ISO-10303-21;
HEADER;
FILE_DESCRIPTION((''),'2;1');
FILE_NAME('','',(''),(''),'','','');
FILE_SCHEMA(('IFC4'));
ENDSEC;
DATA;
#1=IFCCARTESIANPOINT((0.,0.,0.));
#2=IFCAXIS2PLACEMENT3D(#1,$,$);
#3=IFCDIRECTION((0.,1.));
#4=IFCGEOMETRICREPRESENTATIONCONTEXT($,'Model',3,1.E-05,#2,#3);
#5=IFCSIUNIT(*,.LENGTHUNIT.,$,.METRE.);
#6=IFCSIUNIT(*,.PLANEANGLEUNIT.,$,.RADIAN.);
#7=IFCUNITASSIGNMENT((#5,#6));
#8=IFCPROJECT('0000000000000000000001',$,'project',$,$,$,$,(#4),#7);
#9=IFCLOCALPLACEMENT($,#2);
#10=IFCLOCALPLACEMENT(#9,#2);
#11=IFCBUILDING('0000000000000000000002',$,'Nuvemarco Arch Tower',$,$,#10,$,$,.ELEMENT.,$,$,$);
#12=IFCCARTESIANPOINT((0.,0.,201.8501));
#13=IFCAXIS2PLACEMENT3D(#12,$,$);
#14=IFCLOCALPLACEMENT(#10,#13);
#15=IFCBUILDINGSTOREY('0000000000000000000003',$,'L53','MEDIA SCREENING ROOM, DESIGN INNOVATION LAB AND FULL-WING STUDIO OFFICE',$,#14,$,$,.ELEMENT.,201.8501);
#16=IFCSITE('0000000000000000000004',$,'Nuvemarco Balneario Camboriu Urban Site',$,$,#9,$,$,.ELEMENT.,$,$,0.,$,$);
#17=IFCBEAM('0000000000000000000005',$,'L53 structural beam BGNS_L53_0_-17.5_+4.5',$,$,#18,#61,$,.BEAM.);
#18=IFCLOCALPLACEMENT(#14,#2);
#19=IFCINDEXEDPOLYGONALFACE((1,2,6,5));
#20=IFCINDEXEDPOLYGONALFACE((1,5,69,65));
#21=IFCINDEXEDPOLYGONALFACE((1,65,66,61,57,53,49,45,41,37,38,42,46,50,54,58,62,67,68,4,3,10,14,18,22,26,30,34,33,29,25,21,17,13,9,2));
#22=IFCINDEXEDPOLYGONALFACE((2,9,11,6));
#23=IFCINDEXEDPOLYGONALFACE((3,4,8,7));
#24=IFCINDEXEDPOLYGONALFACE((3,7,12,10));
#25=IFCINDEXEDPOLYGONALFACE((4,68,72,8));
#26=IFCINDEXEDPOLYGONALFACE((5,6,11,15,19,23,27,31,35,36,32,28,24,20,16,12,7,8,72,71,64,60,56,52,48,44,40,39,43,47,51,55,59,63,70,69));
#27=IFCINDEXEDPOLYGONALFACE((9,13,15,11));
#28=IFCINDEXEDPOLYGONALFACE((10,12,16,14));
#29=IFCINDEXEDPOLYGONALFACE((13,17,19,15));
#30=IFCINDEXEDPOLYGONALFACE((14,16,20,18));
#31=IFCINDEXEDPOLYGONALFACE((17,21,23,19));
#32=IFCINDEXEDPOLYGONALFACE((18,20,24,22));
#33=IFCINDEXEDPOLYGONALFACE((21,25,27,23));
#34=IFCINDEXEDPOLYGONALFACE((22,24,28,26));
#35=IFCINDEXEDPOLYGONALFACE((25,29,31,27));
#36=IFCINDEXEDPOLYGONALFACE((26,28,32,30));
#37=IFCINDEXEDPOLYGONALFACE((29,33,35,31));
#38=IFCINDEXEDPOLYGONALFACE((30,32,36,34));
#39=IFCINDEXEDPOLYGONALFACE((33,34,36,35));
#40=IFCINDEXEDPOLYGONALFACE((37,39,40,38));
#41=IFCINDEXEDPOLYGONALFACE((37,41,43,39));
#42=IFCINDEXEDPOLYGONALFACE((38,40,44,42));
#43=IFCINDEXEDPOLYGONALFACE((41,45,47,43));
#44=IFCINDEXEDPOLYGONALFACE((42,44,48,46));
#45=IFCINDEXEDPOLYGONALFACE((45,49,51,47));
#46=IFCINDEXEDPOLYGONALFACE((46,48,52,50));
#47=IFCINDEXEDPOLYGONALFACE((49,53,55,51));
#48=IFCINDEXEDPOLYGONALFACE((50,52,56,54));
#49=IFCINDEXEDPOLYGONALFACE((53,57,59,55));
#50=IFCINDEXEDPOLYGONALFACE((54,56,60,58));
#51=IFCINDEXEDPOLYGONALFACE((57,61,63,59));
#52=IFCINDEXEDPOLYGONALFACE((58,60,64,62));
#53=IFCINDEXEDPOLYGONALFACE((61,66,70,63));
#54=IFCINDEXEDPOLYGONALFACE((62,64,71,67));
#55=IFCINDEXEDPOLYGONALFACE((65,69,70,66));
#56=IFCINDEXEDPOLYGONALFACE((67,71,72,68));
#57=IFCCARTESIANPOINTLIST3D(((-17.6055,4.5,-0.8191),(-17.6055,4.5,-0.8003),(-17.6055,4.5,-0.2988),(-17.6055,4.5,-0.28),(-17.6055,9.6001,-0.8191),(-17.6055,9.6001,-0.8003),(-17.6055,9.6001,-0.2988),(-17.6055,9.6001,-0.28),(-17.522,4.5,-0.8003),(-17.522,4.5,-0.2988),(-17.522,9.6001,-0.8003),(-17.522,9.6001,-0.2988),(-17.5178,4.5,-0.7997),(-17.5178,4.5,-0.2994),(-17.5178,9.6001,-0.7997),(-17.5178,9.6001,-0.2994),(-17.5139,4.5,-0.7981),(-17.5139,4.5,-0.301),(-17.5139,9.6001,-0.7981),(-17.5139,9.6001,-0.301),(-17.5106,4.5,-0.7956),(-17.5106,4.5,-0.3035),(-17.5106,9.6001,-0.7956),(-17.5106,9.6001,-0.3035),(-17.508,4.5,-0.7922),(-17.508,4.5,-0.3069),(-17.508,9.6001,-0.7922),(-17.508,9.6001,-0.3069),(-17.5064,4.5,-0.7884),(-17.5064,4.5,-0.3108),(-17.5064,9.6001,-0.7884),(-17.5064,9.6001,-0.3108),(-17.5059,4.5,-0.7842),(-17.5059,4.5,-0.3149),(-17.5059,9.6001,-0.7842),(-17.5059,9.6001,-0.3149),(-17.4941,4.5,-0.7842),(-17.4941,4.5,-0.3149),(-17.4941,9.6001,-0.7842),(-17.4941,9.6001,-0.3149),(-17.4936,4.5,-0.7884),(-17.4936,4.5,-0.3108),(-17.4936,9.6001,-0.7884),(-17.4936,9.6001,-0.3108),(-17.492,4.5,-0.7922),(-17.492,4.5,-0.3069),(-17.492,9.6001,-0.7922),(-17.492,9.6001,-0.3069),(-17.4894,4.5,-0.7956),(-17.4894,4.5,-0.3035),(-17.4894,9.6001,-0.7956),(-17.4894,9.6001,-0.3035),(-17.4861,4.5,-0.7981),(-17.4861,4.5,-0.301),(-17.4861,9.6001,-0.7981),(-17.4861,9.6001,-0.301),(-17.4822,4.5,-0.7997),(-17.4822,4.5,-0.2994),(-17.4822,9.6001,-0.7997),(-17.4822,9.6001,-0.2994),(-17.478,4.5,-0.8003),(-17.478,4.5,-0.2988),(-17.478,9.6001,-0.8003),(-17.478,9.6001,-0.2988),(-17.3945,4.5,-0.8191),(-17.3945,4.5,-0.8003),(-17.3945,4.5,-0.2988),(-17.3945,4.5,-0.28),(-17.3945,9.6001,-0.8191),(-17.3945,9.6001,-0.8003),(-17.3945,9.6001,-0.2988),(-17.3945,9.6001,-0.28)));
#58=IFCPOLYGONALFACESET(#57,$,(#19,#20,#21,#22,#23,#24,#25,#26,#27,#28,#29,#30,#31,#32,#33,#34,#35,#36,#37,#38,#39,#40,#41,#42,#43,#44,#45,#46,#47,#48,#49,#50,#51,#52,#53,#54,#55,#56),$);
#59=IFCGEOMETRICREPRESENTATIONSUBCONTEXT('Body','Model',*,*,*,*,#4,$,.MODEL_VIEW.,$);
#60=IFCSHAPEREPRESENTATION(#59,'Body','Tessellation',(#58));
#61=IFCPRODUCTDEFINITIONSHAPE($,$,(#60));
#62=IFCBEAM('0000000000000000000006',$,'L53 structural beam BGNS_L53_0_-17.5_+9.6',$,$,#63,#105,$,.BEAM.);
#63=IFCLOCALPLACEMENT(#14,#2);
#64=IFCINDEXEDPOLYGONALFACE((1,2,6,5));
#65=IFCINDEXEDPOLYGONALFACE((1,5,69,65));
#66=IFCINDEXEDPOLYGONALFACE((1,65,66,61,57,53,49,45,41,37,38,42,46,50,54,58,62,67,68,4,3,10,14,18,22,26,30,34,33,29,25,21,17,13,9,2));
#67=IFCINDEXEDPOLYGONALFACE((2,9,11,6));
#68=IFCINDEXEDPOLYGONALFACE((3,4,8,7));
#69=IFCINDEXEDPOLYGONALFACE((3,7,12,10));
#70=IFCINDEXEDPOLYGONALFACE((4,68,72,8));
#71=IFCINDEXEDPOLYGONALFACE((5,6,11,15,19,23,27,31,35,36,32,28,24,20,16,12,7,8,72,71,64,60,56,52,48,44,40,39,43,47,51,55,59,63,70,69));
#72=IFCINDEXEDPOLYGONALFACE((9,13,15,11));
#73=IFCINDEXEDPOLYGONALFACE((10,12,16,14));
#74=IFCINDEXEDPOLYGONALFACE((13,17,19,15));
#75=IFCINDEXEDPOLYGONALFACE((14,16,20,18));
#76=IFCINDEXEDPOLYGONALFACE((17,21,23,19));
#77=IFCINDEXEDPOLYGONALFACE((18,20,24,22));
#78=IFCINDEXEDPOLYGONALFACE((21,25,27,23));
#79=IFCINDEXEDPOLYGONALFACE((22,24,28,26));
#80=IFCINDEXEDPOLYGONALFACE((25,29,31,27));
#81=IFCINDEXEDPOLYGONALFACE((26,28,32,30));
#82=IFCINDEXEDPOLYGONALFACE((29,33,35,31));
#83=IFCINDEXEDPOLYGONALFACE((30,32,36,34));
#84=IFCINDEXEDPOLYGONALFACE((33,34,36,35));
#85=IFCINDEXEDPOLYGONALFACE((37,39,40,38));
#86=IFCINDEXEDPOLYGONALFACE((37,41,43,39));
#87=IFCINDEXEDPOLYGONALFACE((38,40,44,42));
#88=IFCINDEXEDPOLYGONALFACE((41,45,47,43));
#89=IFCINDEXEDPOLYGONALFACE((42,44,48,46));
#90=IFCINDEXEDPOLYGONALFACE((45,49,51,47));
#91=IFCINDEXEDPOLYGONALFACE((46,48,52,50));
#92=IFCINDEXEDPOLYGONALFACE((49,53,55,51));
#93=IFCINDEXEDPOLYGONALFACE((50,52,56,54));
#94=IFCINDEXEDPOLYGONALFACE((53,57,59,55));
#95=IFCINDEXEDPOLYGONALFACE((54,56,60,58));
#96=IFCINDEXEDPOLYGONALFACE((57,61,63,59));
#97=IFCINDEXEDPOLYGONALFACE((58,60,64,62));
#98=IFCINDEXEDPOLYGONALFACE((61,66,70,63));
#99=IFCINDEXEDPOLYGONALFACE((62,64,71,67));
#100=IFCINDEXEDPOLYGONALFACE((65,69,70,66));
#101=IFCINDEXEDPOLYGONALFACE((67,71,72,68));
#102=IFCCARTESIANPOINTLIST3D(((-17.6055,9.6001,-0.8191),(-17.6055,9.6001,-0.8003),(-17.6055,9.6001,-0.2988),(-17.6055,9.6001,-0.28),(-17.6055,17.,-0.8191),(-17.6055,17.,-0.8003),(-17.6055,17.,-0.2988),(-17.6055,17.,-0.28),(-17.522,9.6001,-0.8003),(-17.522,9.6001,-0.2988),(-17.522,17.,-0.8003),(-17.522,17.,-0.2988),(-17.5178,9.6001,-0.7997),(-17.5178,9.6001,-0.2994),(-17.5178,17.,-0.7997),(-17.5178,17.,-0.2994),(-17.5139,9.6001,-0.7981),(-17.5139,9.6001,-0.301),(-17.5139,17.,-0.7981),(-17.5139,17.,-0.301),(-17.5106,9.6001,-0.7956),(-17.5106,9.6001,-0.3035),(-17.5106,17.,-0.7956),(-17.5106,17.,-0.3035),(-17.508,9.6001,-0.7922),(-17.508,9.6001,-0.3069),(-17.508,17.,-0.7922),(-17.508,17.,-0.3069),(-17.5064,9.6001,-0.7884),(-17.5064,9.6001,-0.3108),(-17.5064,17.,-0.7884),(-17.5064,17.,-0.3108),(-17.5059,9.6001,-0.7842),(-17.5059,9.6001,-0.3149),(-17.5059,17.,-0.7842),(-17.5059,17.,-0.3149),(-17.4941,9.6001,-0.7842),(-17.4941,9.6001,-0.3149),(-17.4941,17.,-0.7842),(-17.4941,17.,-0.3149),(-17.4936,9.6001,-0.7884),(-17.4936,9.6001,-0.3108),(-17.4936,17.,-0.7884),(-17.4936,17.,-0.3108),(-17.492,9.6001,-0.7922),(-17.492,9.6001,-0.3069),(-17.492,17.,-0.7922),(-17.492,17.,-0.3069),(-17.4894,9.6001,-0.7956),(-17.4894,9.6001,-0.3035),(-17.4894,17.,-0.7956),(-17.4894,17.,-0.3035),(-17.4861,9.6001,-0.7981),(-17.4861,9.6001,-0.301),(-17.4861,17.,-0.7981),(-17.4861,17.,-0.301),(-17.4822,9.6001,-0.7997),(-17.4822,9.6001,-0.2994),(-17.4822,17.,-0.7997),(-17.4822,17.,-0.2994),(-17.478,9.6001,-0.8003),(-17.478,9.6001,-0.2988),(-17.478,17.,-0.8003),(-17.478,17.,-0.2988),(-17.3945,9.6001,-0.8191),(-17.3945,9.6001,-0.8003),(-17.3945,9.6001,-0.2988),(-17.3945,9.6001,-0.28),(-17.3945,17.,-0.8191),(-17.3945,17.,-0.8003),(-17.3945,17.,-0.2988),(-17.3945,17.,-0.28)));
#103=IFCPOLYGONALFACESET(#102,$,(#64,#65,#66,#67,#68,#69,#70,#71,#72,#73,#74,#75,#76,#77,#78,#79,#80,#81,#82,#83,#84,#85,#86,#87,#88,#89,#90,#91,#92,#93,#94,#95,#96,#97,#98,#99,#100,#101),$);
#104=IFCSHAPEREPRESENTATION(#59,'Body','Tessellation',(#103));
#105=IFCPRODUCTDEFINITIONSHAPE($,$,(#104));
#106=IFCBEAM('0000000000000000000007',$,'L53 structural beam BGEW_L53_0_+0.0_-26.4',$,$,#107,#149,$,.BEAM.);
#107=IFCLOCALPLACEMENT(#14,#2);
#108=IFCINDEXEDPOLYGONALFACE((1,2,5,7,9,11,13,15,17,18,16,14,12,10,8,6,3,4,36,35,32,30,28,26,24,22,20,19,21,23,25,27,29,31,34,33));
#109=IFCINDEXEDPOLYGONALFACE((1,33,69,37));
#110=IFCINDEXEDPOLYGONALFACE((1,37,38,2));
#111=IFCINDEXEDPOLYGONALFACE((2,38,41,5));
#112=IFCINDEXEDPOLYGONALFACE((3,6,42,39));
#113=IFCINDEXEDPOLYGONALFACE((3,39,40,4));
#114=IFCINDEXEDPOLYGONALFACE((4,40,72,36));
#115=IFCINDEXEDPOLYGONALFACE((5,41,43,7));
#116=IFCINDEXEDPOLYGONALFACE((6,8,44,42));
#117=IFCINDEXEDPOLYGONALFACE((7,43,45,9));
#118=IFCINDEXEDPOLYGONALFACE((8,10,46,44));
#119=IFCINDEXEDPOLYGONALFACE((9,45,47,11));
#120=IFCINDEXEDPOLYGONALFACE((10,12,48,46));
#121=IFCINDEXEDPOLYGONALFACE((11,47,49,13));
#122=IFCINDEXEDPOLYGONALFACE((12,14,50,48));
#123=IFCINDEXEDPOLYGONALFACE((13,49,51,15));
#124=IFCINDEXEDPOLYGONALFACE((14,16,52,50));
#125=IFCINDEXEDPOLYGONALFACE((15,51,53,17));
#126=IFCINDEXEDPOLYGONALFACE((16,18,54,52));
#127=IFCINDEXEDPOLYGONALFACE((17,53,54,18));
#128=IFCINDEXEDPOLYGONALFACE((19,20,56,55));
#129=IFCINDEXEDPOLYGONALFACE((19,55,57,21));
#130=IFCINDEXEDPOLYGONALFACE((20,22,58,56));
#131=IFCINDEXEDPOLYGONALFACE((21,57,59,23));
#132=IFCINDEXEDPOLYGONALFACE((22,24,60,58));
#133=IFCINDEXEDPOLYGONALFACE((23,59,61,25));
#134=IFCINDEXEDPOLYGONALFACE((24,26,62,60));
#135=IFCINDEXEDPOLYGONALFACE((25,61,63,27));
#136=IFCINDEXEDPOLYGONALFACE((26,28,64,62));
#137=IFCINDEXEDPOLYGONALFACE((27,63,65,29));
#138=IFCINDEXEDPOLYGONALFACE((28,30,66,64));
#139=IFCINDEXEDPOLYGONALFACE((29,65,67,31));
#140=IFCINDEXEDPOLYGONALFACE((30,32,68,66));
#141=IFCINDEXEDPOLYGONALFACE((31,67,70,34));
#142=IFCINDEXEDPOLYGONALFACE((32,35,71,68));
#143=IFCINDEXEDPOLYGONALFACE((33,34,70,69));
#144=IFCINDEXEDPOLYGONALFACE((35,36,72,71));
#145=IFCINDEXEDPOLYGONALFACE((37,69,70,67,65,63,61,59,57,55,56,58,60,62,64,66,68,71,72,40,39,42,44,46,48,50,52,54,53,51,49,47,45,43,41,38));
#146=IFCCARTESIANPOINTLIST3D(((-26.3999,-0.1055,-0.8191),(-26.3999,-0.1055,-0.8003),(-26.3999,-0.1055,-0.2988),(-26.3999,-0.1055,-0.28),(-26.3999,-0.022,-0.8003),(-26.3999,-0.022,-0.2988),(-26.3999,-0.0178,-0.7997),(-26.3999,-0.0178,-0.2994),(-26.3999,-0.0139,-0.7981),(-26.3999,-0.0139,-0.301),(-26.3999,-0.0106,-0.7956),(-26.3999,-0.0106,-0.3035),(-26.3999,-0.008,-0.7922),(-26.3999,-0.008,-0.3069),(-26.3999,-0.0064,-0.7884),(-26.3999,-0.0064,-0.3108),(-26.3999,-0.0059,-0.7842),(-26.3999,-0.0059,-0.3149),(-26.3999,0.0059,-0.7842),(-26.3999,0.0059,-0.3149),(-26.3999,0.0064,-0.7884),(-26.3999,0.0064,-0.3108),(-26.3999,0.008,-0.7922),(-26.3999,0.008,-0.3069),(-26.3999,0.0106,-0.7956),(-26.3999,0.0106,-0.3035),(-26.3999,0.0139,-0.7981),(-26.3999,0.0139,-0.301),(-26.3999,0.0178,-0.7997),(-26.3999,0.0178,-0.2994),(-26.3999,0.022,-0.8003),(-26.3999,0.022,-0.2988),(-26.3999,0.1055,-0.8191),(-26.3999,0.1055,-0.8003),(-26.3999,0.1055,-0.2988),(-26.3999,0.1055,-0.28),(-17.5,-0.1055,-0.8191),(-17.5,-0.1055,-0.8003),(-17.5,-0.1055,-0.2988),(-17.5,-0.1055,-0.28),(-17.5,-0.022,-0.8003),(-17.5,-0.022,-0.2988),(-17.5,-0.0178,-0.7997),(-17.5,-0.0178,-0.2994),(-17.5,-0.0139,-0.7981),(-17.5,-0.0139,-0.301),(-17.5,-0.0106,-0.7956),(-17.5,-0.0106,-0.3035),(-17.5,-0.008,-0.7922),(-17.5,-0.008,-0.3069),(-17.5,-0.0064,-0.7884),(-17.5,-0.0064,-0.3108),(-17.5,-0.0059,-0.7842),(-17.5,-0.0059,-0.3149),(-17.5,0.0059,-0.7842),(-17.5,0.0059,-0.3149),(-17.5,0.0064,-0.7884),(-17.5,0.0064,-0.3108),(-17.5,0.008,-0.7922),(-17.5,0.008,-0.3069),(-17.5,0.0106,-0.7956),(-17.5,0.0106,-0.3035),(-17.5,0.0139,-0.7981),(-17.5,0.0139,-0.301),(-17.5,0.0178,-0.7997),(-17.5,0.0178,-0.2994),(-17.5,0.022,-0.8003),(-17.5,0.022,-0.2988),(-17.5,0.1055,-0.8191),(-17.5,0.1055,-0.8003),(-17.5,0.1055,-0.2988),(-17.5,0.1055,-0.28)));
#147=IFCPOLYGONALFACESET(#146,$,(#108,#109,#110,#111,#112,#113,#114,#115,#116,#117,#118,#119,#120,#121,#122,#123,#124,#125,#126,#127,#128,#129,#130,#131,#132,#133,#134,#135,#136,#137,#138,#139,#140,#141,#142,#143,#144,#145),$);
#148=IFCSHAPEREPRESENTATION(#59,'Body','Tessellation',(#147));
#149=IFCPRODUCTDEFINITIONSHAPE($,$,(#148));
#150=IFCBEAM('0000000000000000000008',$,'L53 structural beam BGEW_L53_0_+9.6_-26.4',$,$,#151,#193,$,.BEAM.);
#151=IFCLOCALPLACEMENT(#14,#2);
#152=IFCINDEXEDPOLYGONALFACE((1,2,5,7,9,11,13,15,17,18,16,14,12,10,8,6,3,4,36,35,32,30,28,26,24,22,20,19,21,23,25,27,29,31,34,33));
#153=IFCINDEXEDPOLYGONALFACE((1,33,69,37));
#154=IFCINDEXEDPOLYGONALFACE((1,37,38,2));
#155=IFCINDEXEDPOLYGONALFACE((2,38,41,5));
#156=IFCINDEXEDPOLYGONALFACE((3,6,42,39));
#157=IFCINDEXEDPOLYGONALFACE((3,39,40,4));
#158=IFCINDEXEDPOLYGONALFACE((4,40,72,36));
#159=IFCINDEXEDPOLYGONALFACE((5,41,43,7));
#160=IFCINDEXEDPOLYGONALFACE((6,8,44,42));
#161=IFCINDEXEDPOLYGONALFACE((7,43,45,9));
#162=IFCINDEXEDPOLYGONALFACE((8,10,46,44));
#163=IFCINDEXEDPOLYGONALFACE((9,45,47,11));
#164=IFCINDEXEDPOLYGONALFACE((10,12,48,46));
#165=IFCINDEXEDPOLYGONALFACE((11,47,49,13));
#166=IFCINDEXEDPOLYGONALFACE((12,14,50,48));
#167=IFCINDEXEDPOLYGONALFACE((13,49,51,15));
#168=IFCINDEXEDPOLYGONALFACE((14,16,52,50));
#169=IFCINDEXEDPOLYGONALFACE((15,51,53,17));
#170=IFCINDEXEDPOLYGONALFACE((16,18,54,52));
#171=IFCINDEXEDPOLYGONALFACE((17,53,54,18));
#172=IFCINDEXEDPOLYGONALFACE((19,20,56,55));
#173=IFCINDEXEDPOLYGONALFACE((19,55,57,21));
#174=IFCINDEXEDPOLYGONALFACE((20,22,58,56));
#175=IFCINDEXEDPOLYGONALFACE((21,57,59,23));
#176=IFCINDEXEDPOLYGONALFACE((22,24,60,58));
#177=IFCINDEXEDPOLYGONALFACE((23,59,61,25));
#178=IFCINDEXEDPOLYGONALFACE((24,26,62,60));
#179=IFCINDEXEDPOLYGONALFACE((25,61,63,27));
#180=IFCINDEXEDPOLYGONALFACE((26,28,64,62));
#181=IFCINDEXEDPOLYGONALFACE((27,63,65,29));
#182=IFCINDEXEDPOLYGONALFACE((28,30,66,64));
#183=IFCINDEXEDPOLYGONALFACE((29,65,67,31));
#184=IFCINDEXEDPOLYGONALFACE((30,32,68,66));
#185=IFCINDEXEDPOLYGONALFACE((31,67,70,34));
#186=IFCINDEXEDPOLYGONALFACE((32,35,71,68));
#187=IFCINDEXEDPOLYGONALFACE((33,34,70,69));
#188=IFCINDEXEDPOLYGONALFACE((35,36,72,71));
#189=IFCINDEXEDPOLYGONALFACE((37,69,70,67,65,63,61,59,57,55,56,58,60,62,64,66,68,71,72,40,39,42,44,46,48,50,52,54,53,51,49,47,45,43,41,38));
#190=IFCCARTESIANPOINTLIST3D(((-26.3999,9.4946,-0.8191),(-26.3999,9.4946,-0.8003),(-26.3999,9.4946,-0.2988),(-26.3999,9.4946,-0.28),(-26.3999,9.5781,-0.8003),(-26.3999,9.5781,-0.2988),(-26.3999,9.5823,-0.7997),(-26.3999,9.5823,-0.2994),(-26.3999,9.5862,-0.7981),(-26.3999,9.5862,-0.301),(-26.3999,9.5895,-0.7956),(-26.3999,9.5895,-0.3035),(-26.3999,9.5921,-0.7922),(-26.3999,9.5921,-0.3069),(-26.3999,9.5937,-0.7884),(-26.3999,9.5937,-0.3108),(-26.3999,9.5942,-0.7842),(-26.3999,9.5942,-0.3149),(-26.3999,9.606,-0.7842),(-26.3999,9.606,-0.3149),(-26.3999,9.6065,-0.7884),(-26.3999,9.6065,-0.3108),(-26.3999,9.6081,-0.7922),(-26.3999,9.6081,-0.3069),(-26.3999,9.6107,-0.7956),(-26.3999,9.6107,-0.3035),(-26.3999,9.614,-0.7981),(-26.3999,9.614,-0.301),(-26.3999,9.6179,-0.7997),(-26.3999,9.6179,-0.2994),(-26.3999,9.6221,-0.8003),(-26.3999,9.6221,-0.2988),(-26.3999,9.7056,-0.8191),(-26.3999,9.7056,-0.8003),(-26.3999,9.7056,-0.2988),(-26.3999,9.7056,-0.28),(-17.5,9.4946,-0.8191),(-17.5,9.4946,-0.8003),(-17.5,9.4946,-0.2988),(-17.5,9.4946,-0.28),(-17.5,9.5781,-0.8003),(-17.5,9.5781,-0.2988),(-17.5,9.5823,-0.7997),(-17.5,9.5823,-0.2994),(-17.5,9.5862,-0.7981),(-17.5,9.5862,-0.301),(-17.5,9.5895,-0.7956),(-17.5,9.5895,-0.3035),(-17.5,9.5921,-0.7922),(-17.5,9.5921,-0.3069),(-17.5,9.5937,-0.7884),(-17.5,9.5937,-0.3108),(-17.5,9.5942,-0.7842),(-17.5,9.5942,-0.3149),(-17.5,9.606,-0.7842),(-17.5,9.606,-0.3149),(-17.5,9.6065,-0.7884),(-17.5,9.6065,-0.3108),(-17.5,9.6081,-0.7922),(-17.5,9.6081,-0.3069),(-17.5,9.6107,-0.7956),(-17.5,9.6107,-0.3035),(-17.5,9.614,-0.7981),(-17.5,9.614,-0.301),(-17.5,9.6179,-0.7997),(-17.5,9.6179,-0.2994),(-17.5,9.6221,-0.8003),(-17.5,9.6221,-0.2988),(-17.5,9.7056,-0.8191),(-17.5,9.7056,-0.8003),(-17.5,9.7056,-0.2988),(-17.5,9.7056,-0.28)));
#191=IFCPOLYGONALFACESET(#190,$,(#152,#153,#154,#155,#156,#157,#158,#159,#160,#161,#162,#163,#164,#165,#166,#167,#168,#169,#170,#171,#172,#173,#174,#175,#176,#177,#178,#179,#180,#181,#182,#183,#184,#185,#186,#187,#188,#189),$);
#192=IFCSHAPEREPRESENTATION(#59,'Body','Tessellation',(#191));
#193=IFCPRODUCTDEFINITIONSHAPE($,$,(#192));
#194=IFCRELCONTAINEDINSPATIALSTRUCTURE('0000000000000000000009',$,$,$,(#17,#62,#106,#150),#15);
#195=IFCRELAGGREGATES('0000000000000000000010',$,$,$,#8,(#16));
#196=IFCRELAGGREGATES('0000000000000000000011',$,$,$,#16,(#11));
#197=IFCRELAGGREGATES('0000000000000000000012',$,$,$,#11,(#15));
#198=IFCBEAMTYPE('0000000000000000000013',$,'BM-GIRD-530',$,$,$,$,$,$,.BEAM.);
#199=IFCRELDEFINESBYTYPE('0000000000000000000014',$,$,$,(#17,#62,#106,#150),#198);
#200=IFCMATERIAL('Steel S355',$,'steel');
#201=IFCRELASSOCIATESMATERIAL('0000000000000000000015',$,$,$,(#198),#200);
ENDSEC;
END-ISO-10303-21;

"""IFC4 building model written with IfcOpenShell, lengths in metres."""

from ifc_helpers import new_model, si_unit, direction, frame, origin, origin_2d, place, context, subcontext, project, spatial, i_section, extrude, material, material_profile, profile_set, type_object, element, save


model = new_model("IFC4")

# Units and contexts
model_context = context("Model", 3, precision=1e-05, world=origin(), true_north=direction((0.0, 1.0)))
body_context = subcontext(model_context, "Body", "Model", "MODEL_VIEW")
ifc_project = project(units=[si_unit("LENGTHUNIT", "METRE"), si_unit("PLANEANGLEUNIT", "RADIAN")], contexts=[model_context])

# Site, building, storey
site_placement = place(None, origin())
site = spatial("IfcSite", under=ifc_project, at=site_placement, Name="Nuvemarco Balneario Camboriu Urban Site", CompositionType="ELEMENT", RefElevation=0.0)
building_placement = place(site_placement, origin())
building = spatial("IfcBuilding", under=site, at=building_placement, Name="Nuvemarco Arch Tower", CompositionType="ELEMENT")
storey_placement = place(building_placement, frame((0.0, 0.0, 201.8501)))
storey = spatial("IfcBuildingStorey", under=building, at=storey_placement, Name="L53", Description="MEDIA SCREENING ROOM, DESIGN INNOVATION LAB AND FULL-WING STUDIO OFFICE", CompositionType="ELEMENT", Elevation=201.8501)

# Shared definitions
ifc_material_1 = material(Name="Steel S355", Category="steel")

# Beams
ifc_material_profile_1 = material_profile(ifc_material_1, i_section(OverallWidth=0.2109, OverallDepth=0.5391, WebThickness=0.0117, FlangeThickness=0.0188, FilletRadius=0.0161, at=origin_2d()), Name="W530x109")
ifc_profile_set_1 = profile_set([ifc_material_profile_1], Name="Steel S355")
beam_type_1 = type_object("IfcBeamType", Name="BM-GIRD-530", PredefinedType="BEAM", material=ifc_profile_set_1)
beam_1_placement = place(storey_placement, frame((-17.5, 4.5, -0.5496), z_axis=(0.0, 1.0, 0.0), x_axis=(-1.0, 0.0, 0.0)))
element("IfcBeam", 1, at=beam_1_placement, inside=storey, type_object=beam_type_1, Name="L53 structural beam BGNS_L53_0_-17.5_+4.5", PredefinedType="BEAM", context=body_context, shape_type="SweptSolid", body=[
    extrude(i_section(OverallWidth=0.2109, OverallDepth=0.5391, WebThickness=0.0117, FlangeThickness=0.0188, FilletRadius=0.0161, at=origin_2d()), origin(), (0.0, 0.0, 1.0), 5.1001),
])
beam_2_placement = place(storey_placement, frame((-17.5, 9.6001, -0.5496), z_axis=(0.0, 1.0, 0.0), x_axis=(-1.0, 0.0, 0.0)))
element("IfcBeam", 2, at=beam_2_placement, inside=storey, type_object=beam_type_1, Name="L53 structural beam BGNS_L53_0_-17.5_+9.6", PredefinedType="BEAM", context=body_context, shape_type="SweptSolid", body=[
    extrude(i_section(OverallWidth=0.2109, OverallDepth=0.5391, WebThickness=0.0117, FlangeThickness=0.0188, FilletRadius=0.0161, at=origin_2d()), origin(), (0.0, 0.0, 1.0), 7.3999),
])
for number, where, z_axis, x_axis, name in (
    (3, (-26.3999, 0.0, -0.5496), (1.0, 0.0, 0.0), (0.0, 1.0, 0.0), "L53 structural beam BGEW_L53_0_+0.0_-26.4"),
    (4, (-26.3999, 9.6001, -0.5496), (1.0, 0.0, 0.0), (0.0, 1.0, 0.0), "L53 structural beam BGEW_L53_0_+9.6_-26.4"),
):
    element("IfcBeam", number, at=place(storey_placement, frame(where, z_axis=z_axis, x_axis=x_axis)), inside=storey, type_object=beam_type_1, Name=name, PredefinedType="BEAM", context=body_context, shape_type="SweptSolid", body=[
        extrude(i_section(OverallWidth=0.2109, OverallDepth=0.5391, WebThickness=0.0117, FlangeThickness=0.0188, FilletRadius=0.0161, at=origin_2d()), origin(), (0.0, 0.0, 1.0), 8.8999),
    ])

save(model, "model.ifc")
